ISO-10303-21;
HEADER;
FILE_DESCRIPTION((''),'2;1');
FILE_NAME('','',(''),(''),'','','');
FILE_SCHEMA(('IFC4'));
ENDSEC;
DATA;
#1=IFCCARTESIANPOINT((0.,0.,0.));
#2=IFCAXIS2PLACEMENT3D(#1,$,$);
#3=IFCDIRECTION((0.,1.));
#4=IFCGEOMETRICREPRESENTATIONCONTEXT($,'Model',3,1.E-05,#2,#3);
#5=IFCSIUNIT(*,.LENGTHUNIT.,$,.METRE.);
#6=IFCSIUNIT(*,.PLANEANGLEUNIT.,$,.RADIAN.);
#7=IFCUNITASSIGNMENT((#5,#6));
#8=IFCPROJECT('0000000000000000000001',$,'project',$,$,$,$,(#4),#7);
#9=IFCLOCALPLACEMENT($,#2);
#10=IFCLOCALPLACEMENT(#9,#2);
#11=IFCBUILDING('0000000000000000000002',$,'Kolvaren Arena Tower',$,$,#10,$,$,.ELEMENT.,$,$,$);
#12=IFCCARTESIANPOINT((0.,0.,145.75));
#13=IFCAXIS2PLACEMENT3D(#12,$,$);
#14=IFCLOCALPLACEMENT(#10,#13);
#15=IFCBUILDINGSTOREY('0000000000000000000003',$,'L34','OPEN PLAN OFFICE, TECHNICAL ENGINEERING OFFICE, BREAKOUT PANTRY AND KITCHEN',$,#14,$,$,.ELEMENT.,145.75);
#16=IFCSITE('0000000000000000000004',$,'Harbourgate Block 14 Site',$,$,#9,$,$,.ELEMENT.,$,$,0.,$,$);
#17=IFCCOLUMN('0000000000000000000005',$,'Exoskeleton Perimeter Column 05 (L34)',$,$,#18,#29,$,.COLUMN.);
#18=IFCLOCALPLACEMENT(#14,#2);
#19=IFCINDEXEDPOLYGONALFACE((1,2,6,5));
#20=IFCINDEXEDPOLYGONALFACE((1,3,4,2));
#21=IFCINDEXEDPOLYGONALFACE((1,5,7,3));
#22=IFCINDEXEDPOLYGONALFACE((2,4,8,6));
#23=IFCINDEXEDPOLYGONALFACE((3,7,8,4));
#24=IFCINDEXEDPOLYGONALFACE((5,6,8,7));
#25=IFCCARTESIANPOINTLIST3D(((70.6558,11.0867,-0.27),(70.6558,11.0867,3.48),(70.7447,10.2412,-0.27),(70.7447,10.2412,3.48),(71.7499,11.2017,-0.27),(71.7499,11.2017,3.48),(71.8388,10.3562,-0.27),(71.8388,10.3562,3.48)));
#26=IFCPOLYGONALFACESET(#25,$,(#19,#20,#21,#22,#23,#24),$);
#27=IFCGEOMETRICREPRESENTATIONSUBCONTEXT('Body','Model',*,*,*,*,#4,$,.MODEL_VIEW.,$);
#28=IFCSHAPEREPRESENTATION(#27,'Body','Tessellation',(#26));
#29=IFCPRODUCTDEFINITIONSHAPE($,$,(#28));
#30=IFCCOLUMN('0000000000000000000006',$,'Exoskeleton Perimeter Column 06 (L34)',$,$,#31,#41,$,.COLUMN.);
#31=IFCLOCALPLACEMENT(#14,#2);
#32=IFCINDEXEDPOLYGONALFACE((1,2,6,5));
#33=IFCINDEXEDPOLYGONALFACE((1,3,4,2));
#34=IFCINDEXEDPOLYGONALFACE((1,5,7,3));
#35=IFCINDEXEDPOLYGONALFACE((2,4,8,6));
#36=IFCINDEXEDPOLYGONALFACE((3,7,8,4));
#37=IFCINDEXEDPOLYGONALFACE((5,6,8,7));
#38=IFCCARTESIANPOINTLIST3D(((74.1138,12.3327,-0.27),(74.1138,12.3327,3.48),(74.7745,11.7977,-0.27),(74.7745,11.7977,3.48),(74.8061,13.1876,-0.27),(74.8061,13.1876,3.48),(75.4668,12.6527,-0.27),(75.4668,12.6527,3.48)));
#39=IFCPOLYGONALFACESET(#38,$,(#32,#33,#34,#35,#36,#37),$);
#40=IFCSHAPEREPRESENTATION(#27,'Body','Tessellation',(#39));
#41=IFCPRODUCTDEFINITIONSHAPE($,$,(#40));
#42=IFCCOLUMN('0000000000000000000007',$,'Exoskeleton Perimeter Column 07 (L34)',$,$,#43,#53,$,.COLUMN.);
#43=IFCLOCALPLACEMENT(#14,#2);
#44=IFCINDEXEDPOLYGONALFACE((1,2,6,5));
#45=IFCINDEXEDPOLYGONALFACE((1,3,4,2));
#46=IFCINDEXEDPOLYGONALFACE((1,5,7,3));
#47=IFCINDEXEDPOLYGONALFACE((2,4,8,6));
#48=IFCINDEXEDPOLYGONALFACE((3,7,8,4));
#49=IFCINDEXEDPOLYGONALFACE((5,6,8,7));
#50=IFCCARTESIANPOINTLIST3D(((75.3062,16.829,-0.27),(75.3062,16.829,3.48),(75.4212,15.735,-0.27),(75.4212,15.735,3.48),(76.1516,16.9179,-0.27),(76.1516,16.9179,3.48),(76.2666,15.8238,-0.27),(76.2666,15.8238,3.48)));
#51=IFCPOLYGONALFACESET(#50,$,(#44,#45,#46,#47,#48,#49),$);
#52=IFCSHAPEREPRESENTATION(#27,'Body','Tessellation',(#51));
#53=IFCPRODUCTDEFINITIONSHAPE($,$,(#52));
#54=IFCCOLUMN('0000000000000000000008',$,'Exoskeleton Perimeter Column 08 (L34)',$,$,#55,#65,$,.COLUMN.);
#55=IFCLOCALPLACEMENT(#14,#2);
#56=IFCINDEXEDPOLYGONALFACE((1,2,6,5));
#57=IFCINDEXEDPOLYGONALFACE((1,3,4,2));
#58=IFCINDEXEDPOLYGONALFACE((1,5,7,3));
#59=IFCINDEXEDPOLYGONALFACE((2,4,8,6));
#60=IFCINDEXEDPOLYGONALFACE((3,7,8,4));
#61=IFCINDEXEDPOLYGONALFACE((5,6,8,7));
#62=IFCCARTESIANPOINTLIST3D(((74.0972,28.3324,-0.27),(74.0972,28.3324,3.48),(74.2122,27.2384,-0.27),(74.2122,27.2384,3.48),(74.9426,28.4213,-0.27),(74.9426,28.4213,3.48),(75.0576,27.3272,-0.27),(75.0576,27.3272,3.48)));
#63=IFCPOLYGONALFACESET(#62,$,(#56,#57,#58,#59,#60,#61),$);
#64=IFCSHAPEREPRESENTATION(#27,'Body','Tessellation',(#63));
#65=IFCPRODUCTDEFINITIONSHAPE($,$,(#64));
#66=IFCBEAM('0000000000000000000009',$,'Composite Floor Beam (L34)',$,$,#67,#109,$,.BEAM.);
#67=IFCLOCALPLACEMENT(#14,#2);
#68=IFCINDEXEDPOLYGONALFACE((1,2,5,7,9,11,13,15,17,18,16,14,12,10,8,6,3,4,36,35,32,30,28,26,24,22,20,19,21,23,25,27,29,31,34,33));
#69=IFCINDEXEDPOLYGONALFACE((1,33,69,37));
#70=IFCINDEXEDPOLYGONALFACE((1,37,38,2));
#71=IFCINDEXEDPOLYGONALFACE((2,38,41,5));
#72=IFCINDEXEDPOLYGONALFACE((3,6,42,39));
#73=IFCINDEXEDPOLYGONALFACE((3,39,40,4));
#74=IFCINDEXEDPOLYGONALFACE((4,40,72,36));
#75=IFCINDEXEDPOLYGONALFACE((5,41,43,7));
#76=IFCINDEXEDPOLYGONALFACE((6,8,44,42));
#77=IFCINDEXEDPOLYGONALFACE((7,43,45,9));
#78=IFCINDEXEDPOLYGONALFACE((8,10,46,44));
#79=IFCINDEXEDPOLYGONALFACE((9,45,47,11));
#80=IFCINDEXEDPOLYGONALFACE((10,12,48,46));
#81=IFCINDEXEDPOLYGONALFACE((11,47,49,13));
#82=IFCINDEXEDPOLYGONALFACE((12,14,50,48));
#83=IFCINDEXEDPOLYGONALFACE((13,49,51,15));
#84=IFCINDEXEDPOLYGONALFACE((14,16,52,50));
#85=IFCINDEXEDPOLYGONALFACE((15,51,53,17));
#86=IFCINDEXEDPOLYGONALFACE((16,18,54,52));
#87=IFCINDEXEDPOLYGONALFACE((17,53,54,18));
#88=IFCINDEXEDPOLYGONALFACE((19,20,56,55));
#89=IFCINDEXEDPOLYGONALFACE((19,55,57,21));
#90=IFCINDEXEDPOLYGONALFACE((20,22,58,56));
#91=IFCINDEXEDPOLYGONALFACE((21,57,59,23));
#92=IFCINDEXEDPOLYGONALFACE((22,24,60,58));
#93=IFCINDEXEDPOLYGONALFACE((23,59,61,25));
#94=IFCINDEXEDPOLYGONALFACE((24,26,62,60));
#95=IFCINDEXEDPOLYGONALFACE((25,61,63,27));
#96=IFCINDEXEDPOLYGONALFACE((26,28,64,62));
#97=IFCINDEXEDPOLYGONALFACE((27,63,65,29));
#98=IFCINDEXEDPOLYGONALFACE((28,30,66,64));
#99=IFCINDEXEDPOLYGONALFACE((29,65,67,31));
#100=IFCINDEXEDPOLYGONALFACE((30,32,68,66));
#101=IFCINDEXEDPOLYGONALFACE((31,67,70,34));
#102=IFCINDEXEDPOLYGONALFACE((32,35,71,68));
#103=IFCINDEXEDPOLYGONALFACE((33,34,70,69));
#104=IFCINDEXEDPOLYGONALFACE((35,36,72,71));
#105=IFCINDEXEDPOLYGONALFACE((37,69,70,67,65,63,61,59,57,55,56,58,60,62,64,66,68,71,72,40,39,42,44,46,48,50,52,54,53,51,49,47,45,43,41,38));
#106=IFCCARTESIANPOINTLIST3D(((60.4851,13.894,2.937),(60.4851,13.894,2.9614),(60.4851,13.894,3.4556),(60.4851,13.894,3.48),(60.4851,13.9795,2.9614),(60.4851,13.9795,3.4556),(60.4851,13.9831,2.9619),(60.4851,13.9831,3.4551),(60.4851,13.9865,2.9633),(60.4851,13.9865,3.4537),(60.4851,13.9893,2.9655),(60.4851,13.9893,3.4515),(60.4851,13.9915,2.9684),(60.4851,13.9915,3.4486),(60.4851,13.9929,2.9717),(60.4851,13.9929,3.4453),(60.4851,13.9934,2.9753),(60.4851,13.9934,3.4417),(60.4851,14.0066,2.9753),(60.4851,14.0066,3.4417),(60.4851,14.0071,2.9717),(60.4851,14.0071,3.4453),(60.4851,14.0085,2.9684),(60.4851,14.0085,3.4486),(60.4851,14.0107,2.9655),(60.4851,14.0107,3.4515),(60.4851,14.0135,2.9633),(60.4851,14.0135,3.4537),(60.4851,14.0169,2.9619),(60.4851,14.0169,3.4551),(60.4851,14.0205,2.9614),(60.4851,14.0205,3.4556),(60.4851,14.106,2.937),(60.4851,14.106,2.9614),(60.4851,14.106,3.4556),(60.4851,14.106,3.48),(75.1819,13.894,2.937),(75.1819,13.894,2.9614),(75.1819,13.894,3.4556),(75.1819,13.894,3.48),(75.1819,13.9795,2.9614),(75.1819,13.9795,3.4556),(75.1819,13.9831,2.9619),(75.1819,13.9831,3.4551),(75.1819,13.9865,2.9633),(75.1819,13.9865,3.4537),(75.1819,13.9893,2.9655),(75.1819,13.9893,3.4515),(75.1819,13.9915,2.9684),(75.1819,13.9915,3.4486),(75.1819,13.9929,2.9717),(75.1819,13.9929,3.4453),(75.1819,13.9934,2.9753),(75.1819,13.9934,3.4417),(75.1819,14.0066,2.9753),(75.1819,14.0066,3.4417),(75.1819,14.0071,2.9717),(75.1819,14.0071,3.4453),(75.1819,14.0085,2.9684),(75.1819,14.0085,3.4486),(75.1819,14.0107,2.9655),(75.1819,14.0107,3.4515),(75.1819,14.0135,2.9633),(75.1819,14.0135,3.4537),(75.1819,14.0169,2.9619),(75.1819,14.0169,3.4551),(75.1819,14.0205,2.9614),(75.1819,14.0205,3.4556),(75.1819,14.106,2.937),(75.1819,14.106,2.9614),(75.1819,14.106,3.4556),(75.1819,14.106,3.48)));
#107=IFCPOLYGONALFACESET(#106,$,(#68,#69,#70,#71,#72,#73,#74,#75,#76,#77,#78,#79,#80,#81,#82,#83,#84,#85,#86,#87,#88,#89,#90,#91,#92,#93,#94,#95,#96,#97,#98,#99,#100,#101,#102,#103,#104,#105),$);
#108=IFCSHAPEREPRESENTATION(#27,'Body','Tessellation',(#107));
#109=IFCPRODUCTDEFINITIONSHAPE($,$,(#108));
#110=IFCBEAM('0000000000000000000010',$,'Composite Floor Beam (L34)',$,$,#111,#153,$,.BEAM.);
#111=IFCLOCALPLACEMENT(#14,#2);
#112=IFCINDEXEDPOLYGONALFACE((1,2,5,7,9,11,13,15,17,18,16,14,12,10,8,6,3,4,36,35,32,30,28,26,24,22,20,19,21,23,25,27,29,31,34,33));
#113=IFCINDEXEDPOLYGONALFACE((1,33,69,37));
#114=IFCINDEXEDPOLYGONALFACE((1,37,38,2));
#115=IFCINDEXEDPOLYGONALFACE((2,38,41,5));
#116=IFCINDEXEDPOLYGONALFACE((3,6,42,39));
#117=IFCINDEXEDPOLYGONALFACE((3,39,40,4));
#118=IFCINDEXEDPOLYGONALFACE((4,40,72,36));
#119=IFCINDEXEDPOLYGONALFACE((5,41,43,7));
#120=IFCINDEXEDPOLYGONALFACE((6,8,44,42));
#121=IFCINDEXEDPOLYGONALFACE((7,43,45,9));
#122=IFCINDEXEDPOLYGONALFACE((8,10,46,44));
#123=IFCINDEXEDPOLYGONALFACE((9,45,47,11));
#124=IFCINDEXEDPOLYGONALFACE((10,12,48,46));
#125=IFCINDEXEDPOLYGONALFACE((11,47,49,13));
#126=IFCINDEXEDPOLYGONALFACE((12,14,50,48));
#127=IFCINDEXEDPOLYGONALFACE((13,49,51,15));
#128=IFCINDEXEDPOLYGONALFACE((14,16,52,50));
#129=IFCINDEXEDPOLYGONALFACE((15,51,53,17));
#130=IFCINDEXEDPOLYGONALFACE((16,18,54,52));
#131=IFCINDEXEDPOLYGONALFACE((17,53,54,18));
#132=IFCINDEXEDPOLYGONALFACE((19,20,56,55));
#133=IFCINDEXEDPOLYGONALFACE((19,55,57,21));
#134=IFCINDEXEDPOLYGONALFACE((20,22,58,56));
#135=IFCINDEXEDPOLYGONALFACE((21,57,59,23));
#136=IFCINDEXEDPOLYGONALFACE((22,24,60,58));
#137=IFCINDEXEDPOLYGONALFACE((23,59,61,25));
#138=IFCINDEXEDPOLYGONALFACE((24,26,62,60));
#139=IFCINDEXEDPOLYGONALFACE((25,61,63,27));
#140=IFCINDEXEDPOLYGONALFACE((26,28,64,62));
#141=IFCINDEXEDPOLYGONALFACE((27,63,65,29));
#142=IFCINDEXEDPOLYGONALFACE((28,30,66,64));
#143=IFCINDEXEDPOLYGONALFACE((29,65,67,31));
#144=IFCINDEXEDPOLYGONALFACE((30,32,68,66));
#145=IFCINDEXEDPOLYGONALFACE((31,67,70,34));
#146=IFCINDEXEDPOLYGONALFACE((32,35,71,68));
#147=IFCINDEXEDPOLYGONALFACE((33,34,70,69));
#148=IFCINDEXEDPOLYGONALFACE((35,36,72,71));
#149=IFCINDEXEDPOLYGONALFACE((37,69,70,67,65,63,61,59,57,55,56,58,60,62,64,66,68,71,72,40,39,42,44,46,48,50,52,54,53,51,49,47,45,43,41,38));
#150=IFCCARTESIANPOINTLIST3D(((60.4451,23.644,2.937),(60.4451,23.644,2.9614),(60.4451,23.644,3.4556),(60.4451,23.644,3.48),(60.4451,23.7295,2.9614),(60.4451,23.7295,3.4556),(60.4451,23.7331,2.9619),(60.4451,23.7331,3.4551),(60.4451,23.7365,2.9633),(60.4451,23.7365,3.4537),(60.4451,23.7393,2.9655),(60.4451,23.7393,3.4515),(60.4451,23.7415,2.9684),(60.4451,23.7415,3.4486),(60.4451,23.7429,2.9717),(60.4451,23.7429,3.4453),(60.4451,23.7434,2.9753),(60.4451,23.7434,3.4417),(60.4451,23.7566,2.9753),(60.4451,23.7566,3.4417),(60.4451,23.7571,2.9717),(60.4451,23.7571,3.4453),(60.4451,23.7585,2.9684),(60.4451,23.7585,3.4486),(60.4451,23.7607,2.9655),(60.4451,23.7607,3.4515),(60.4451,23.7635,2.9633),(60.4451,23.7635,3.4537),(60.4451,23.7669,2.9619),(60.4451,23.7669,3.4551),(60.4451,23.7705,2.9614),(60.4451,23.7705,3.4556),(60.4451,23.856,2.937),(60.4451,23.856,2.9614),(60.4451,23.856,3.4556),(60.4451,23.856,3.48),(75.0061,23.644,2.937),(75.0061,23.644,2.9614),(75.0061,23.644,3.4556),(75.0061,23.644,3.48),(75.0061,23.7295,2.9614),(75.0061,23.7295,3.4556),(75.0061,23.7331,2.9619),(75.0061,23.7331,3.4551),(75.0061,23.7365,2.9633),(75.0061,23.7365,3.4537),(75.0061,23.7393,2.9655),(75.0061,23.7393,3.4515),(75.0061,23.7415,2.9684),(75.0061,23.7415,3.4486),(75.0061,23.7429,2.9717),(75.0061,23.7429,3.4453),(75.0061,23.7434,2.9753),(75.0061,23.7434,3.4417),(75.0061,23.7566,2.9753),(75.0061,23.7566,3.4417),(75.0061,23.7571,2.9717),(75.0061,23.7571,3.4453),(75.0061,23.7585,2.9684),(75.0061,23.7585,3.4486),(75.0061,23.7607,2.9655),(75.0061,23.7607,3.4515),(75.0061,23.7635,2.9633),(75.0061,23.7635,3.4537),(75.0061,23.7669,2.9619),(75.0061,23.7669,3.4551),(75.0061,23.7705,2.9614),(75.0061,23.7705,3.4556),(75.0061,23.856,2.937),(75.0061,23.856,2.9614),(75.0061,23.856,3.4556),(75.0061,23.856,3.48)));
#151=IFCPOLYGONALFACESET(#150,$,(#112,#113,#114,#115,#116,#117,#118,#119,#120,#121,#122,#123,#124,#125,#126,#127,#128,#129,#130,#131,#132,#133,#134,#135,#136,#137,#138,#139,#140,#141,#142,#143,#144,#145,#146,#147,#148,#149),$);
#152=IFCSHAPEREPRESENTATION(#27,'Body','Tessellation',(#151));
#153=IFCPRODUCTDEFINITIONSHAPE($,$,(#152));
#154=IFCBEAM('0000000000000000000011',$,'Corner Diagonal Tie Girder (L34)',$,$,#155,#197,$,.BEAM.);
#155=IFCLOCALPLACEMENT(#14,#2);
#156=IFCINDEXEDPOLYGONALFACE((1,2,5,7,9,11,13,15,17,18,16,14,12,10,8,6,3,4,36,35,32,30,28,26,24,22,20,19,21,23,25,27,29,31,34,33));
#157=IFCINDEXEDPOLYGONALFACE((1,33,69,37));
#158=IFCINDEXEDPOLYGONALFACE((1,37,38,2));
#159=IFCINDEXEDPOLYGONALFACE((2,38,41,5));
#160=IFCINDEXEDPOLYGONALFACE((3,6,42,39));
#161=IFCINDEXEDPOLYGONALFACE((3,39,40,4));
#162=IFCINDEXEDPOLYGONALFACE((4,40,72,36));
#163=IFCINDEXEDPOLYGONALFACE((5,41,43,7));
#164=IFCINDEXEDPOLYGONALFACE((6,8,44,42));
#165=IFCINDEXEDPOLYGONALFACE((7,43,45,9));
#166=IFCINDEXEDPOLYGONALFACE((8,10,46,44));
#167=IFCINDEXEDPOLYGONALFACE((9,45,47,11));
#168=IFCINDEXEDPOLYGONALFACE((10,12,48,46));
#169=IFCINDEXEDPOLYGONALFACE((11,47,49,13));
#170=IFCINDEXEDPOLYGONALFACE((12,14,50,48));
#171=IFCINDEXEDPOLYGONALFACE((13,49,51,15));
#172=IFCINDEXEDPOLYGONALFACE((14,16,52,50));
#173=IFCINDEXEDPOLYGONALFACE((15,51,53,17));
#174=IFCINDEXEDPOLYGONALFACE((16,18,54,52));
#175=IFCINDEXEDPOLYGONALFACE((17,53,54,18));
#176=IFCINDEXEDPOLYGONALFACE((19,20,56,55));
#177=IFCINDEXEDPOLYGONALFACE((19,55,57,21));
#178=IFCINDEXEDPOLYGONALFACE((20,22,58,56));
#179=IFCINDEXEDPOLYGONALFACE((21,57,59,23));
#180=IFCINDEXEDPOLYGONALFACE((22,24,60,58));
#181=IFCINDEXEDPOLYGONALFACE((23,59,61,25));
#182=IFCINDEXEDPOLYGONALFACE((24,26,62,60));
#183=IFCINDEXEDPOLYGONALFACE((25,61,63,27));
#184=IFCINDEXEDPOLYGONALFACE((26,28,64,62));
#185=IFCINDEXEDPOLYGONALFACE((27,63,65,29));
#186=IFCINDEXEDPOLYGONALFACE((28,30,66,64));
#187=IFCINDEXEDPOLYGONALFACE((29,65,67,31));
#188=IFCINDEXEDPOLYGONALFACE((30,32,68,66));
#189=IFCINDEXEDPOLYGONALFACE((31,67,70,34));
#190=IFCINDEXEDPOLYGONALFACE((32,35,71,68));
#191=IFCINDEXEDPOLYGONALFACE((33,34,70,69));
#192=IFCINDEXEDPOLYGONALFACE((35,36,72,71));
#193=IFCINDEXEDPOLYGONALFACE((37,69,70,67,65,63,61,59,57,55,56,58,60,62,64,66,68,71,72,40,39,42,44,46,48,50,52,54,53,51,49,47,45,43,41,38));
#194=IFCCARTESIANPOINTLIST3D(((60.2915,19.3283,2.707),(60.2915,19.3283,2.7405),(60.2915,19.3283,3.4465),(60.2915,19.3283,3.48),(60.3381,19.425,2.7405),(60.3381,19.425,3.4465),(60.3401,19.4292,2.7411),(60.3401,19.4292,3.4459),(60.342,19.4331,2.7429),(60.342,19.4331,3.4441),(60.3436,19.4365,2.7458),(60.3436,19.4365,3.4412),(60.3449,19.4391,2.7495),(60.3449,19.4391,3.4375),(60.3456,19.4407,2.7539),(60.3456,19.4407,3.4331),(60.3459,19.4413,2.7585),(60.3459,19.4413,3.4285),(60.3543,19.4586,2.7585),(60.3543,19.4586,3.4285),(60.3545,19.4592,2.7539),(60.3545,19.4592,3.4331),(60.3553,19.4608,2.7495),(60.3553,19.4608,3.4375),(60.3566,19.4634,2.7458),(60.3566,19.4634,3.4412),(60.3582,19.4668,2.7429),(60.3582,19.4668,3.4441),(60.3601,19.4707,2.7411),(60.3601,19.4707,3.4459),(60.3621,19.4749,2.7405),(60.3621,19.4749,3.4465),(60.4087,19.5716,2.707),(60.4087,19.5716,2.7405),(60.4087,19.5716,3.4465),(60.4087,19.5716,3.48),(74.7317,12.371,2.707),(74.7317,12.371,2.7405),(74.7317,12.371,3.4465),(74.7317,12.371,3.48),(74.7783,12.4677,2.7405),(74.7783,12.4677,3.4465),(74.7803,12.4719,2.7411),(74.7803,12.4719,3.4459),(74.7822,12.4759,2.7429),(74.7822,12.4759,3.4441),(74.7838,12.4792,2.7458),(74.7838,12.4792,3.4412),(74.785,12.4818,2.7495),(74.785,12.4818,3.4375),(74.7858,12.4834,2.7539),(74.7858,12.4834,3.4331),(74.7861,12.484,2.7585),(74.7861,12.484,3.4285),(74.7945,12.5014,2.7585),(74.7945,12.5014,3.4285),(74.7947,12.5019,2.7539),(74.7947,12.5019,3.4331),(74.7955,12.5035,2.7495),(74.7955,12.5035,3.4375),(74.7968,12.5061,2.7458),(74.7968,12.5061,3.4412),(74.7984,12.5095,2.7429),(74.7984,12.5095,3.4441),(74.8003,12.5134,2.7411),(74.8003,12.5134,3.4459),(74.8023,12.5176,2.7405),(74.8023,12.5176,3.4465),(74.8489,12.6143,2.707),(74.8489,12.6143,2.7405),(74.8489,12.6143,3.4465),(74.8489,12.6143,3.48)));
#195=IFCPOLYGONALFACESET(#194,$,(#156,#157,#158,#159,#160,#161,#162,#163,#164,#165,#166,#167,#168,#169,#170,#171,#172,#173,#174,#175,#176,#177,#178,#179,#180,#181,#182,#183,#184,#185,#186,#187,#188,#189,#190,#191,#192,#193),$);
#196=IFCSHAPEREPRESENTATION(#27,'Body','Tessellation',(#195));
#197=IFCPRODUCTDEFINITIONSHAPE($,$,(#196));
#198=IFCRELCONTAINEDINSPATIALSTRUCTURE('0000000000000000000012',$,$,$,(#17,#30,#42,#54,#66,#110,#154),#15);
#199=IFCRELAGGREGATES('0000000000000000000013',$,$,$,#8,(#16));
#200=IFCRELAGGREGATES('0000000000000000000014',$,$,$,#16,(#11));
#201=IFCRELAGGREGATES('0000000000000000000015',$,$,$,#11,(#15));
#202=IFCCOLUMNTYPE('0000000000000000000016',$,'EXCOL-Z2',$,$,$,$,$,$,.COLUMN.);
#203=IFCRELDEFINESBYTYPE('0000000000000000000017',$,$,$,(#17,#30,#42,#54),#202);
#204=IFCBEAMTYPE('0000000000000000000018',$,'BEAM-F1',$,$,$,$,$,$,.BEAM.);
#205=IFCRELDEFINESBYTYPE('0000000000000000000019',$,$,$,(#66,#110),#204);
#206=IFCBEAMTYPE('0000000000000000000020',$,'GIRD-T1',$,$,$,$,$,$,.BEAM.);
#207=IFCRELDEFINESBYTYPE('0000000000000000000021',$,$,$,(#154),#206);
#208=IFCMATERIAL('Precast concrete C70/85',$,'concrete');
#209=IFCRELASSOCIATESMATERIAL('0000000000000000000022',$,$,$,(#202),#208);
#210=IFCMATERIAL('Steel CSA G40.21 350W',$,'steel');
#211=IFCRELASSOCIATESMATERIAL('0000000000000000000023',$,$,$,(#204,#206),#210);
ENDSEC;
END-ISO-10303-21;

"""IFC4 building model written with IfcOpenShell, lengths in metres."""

from ifc_helpers import new_model, si_unit, direction, frame, origin, origin_2d, place, context, subcontext, project, spatial, rectangle, i_section, extrude, material, material_profile, profile_set, type_object, element, save


model = new_model("IFC4")

# Units and contexts
model_context = context("Model", 3, precision=1e-05, world=origin(), true_north=direction((0.0, 1.0)))
body_context = subcontext(model_context, "Body", "Model", "MODEL_VIEW")
ifc_project = project(units=[si_unit("LENGTHUNIT", "METRE"), si_unit("PLANEANGLEUNIT", "RADIAN")], contexts=[model_context])

# Site, building, storey
site_placement = place(None, origin())
site = spatial("IfcSite", under=ifc_project, at=site_placement, Name="Harbourgate Block 14 Site", CompositionType="ELEMENT", RefElevation=0.0)
building_placement = place(site_placement, origin())
building = spatial("IfcBuilding", under=site, at=building_placement, Name="Kolvaren Arena Tower", CompositionType="ELEMENT")
storey_placement = place(building_placement, frame((0.0, 0.0, 145.75)))
storey = spatial("IfcBuildingStorey", under=building, at=storey_placement, Name="L34", Description="OPEN PLAN OFFICE, TECHNICAL ENGINEERING OFFICE, BREAKOUT PANTRY AND KITCHEN", CompositionType="ELEMENT", Elevation=145.75)

# Columns
ifc_material_1 = material(Name="Precast concrete C70/85", Category="concrete")
ifc_material_profile_1 = material_profile(ifc_material_1, rectangle(XDim=1.1001, YDim=0.8501, at=origin_2d()), Name="RC-1100x850")
ifc_profile_set_1 = profile_set([ifc_material_profile_1], Name="Precast concrete C70/85")
column_type = type_object("IfcColumnType", Name="EXCOL-Z2", PredefinedType="COLUMN", material=ifc_profile_set_1)
for number, where, z_axis, x_axis, name in (
    (1, (71.2473, 10.7214, -0.27), (0.0, 0.0, 1.0), (0.994522, 0.104528, 0.0), "Exoskeleton Perimeter Column 05 (L34)"),
    (2, (74.7903, 12.4927, -0.27), (0.0, 0.0, 1.0), (0.62932, 0.777146, 0.0), "Exoskeleton Perimeter Column 06 (L34)"),
    (3, (75.7864, 16.3264, -0.27), (0.0, 0.0, 1.0), (-0.104528, 0.994522, 0.0), "Exoskeleton Perimeter Column 07 (L34)"),
    (4, (74.5774, 27.8298, -0.27), (0.0, 0.0, 1.0), (-0.104528, 0.994522, 0.0), "Exoskeleton Perimeter Column 08 (L34)"),
):
    element("IfcColumn", number, at=place(storey_placement, frame(where, z_axis=z_axis, x_axis=x_axis)), inside=storey, type_object=column_type, Name=name, PredefinedType="COLUMN", context=body_context, shape_type="SweptSolid", body=[
        extrude(rectangle(XDim=1.1001, YDim=0.8501, at=origin_2d()), origin(), (0.0, 0.0, 1.0), 3.75),
    ])

# Beams
ifc_material_2 = material(Name="Steel CSA G40.21 350W", Category="steel")
ifc_material_profile_2 = material_profile(ifc_material_2, i_section(OverallWidth=0.2119, OverallDepth=0.543, WebThickness=0.0132, FlangeThickness=0.0244, FilletRadius=0.0139, at=origin_2d()), Name="W530x150")
ifc_profile_set_2 = profile_set([ifc_material_profile_2], Name="Steel CSA G40.21 350W")
beam_type_1 = type_object("IfcBeamType", Name="BEAM-F1", PredefinedType="BEAM", material=ifc_profile_set_2)
beam_1_placement = place(storey_placement, frame((60.4851, 14.0, 3.2085), z_axis=(1.0, 0.0, 0.0), x_axis=(0.0, 1.0, 0.0)))
element("IfcBeam", 5, at=beam_1_placement, inside=storey, type_object=beam_type_1, Name="Composite Floor Beam (L34)", PredefinedType="BEAM", context=body_context, shape_type="SweptSolid", body=[
    extrude(i_section(OverallWidth=0.2119, OverallDepth=0.543, WebThickness=0.0132, FlangeThickness=0.0244, FilletRadius=0.0139, at=origin_2d()), origin(), (0.0, 0.0, 1.0), 14.6968),
])
beam_2_placement = place(storey_placement, frame((60.4451, 23.75, 3.2085), z_axis=(1.0, 0.0, 0.0), x_axis=(0.0, 1.0, 0.0)))
element("IfcBeam", 6, at=beam_2_placement, inside=storey, type_object=beam_type_1, Name="Composite Floor Beam (L34)", PredefinedType="BEAM", context=body_context, shape_type="SweptSolid", body=[
    extrude(i_section(OverallWidth=0.2119, OverallDepth=0.543, WebThickness=0.0132, FlangeThickness=0.0244, FilletRadius=0.0139, at=origin_2d()), origin(), (0.0, 0.0, 1.0), 14.561),
])
ifc_material_profile_3 = material_profile(ifc_material_2, i_section(OverallWidth=0.27, OverallDepth=0.7729, WebThickness=0.0193, FlangeThickness=0.0334, FilletRadius=0.0181, at=origin_2d()), Name="W760x257")
ifc_profile_set_3 = profile_set([ifc_material_profile_3], Name="Steel CSA G40.21 350W")
beam_type_2 = type_object("IfcBeamType", Name="GIRD-T1", PredefinedType="BEAM", material=ifc_profile_set_3)
beam_3_placement = place(storey_placement, frame((74.7903, 12.4927, 3.0935), z_axis=(-0.90089, 0.434048, 0.0), x_axis=(-0.434048, -0.90089, 0.0)))
element("IfcBeam", 7, at=beam_3_placement, inside=storey, type_object=beam_type_2, Name="Corner Diagonal Tie Girder (L34)", PredefinedType="BEAM", context=body_context, shape_type="SweptSolid", body=[
    extrude(i_section(OverallWidth=0.27, OverallDepth=0.7729, WebThickness=0.0193, FlangeThickness=0.0334, FilletRadius=0.0181, at=origin_2d()), origin(), (0.0, 0.0, 1.0), 16.0288),
])

save(model, "model.ifc")
